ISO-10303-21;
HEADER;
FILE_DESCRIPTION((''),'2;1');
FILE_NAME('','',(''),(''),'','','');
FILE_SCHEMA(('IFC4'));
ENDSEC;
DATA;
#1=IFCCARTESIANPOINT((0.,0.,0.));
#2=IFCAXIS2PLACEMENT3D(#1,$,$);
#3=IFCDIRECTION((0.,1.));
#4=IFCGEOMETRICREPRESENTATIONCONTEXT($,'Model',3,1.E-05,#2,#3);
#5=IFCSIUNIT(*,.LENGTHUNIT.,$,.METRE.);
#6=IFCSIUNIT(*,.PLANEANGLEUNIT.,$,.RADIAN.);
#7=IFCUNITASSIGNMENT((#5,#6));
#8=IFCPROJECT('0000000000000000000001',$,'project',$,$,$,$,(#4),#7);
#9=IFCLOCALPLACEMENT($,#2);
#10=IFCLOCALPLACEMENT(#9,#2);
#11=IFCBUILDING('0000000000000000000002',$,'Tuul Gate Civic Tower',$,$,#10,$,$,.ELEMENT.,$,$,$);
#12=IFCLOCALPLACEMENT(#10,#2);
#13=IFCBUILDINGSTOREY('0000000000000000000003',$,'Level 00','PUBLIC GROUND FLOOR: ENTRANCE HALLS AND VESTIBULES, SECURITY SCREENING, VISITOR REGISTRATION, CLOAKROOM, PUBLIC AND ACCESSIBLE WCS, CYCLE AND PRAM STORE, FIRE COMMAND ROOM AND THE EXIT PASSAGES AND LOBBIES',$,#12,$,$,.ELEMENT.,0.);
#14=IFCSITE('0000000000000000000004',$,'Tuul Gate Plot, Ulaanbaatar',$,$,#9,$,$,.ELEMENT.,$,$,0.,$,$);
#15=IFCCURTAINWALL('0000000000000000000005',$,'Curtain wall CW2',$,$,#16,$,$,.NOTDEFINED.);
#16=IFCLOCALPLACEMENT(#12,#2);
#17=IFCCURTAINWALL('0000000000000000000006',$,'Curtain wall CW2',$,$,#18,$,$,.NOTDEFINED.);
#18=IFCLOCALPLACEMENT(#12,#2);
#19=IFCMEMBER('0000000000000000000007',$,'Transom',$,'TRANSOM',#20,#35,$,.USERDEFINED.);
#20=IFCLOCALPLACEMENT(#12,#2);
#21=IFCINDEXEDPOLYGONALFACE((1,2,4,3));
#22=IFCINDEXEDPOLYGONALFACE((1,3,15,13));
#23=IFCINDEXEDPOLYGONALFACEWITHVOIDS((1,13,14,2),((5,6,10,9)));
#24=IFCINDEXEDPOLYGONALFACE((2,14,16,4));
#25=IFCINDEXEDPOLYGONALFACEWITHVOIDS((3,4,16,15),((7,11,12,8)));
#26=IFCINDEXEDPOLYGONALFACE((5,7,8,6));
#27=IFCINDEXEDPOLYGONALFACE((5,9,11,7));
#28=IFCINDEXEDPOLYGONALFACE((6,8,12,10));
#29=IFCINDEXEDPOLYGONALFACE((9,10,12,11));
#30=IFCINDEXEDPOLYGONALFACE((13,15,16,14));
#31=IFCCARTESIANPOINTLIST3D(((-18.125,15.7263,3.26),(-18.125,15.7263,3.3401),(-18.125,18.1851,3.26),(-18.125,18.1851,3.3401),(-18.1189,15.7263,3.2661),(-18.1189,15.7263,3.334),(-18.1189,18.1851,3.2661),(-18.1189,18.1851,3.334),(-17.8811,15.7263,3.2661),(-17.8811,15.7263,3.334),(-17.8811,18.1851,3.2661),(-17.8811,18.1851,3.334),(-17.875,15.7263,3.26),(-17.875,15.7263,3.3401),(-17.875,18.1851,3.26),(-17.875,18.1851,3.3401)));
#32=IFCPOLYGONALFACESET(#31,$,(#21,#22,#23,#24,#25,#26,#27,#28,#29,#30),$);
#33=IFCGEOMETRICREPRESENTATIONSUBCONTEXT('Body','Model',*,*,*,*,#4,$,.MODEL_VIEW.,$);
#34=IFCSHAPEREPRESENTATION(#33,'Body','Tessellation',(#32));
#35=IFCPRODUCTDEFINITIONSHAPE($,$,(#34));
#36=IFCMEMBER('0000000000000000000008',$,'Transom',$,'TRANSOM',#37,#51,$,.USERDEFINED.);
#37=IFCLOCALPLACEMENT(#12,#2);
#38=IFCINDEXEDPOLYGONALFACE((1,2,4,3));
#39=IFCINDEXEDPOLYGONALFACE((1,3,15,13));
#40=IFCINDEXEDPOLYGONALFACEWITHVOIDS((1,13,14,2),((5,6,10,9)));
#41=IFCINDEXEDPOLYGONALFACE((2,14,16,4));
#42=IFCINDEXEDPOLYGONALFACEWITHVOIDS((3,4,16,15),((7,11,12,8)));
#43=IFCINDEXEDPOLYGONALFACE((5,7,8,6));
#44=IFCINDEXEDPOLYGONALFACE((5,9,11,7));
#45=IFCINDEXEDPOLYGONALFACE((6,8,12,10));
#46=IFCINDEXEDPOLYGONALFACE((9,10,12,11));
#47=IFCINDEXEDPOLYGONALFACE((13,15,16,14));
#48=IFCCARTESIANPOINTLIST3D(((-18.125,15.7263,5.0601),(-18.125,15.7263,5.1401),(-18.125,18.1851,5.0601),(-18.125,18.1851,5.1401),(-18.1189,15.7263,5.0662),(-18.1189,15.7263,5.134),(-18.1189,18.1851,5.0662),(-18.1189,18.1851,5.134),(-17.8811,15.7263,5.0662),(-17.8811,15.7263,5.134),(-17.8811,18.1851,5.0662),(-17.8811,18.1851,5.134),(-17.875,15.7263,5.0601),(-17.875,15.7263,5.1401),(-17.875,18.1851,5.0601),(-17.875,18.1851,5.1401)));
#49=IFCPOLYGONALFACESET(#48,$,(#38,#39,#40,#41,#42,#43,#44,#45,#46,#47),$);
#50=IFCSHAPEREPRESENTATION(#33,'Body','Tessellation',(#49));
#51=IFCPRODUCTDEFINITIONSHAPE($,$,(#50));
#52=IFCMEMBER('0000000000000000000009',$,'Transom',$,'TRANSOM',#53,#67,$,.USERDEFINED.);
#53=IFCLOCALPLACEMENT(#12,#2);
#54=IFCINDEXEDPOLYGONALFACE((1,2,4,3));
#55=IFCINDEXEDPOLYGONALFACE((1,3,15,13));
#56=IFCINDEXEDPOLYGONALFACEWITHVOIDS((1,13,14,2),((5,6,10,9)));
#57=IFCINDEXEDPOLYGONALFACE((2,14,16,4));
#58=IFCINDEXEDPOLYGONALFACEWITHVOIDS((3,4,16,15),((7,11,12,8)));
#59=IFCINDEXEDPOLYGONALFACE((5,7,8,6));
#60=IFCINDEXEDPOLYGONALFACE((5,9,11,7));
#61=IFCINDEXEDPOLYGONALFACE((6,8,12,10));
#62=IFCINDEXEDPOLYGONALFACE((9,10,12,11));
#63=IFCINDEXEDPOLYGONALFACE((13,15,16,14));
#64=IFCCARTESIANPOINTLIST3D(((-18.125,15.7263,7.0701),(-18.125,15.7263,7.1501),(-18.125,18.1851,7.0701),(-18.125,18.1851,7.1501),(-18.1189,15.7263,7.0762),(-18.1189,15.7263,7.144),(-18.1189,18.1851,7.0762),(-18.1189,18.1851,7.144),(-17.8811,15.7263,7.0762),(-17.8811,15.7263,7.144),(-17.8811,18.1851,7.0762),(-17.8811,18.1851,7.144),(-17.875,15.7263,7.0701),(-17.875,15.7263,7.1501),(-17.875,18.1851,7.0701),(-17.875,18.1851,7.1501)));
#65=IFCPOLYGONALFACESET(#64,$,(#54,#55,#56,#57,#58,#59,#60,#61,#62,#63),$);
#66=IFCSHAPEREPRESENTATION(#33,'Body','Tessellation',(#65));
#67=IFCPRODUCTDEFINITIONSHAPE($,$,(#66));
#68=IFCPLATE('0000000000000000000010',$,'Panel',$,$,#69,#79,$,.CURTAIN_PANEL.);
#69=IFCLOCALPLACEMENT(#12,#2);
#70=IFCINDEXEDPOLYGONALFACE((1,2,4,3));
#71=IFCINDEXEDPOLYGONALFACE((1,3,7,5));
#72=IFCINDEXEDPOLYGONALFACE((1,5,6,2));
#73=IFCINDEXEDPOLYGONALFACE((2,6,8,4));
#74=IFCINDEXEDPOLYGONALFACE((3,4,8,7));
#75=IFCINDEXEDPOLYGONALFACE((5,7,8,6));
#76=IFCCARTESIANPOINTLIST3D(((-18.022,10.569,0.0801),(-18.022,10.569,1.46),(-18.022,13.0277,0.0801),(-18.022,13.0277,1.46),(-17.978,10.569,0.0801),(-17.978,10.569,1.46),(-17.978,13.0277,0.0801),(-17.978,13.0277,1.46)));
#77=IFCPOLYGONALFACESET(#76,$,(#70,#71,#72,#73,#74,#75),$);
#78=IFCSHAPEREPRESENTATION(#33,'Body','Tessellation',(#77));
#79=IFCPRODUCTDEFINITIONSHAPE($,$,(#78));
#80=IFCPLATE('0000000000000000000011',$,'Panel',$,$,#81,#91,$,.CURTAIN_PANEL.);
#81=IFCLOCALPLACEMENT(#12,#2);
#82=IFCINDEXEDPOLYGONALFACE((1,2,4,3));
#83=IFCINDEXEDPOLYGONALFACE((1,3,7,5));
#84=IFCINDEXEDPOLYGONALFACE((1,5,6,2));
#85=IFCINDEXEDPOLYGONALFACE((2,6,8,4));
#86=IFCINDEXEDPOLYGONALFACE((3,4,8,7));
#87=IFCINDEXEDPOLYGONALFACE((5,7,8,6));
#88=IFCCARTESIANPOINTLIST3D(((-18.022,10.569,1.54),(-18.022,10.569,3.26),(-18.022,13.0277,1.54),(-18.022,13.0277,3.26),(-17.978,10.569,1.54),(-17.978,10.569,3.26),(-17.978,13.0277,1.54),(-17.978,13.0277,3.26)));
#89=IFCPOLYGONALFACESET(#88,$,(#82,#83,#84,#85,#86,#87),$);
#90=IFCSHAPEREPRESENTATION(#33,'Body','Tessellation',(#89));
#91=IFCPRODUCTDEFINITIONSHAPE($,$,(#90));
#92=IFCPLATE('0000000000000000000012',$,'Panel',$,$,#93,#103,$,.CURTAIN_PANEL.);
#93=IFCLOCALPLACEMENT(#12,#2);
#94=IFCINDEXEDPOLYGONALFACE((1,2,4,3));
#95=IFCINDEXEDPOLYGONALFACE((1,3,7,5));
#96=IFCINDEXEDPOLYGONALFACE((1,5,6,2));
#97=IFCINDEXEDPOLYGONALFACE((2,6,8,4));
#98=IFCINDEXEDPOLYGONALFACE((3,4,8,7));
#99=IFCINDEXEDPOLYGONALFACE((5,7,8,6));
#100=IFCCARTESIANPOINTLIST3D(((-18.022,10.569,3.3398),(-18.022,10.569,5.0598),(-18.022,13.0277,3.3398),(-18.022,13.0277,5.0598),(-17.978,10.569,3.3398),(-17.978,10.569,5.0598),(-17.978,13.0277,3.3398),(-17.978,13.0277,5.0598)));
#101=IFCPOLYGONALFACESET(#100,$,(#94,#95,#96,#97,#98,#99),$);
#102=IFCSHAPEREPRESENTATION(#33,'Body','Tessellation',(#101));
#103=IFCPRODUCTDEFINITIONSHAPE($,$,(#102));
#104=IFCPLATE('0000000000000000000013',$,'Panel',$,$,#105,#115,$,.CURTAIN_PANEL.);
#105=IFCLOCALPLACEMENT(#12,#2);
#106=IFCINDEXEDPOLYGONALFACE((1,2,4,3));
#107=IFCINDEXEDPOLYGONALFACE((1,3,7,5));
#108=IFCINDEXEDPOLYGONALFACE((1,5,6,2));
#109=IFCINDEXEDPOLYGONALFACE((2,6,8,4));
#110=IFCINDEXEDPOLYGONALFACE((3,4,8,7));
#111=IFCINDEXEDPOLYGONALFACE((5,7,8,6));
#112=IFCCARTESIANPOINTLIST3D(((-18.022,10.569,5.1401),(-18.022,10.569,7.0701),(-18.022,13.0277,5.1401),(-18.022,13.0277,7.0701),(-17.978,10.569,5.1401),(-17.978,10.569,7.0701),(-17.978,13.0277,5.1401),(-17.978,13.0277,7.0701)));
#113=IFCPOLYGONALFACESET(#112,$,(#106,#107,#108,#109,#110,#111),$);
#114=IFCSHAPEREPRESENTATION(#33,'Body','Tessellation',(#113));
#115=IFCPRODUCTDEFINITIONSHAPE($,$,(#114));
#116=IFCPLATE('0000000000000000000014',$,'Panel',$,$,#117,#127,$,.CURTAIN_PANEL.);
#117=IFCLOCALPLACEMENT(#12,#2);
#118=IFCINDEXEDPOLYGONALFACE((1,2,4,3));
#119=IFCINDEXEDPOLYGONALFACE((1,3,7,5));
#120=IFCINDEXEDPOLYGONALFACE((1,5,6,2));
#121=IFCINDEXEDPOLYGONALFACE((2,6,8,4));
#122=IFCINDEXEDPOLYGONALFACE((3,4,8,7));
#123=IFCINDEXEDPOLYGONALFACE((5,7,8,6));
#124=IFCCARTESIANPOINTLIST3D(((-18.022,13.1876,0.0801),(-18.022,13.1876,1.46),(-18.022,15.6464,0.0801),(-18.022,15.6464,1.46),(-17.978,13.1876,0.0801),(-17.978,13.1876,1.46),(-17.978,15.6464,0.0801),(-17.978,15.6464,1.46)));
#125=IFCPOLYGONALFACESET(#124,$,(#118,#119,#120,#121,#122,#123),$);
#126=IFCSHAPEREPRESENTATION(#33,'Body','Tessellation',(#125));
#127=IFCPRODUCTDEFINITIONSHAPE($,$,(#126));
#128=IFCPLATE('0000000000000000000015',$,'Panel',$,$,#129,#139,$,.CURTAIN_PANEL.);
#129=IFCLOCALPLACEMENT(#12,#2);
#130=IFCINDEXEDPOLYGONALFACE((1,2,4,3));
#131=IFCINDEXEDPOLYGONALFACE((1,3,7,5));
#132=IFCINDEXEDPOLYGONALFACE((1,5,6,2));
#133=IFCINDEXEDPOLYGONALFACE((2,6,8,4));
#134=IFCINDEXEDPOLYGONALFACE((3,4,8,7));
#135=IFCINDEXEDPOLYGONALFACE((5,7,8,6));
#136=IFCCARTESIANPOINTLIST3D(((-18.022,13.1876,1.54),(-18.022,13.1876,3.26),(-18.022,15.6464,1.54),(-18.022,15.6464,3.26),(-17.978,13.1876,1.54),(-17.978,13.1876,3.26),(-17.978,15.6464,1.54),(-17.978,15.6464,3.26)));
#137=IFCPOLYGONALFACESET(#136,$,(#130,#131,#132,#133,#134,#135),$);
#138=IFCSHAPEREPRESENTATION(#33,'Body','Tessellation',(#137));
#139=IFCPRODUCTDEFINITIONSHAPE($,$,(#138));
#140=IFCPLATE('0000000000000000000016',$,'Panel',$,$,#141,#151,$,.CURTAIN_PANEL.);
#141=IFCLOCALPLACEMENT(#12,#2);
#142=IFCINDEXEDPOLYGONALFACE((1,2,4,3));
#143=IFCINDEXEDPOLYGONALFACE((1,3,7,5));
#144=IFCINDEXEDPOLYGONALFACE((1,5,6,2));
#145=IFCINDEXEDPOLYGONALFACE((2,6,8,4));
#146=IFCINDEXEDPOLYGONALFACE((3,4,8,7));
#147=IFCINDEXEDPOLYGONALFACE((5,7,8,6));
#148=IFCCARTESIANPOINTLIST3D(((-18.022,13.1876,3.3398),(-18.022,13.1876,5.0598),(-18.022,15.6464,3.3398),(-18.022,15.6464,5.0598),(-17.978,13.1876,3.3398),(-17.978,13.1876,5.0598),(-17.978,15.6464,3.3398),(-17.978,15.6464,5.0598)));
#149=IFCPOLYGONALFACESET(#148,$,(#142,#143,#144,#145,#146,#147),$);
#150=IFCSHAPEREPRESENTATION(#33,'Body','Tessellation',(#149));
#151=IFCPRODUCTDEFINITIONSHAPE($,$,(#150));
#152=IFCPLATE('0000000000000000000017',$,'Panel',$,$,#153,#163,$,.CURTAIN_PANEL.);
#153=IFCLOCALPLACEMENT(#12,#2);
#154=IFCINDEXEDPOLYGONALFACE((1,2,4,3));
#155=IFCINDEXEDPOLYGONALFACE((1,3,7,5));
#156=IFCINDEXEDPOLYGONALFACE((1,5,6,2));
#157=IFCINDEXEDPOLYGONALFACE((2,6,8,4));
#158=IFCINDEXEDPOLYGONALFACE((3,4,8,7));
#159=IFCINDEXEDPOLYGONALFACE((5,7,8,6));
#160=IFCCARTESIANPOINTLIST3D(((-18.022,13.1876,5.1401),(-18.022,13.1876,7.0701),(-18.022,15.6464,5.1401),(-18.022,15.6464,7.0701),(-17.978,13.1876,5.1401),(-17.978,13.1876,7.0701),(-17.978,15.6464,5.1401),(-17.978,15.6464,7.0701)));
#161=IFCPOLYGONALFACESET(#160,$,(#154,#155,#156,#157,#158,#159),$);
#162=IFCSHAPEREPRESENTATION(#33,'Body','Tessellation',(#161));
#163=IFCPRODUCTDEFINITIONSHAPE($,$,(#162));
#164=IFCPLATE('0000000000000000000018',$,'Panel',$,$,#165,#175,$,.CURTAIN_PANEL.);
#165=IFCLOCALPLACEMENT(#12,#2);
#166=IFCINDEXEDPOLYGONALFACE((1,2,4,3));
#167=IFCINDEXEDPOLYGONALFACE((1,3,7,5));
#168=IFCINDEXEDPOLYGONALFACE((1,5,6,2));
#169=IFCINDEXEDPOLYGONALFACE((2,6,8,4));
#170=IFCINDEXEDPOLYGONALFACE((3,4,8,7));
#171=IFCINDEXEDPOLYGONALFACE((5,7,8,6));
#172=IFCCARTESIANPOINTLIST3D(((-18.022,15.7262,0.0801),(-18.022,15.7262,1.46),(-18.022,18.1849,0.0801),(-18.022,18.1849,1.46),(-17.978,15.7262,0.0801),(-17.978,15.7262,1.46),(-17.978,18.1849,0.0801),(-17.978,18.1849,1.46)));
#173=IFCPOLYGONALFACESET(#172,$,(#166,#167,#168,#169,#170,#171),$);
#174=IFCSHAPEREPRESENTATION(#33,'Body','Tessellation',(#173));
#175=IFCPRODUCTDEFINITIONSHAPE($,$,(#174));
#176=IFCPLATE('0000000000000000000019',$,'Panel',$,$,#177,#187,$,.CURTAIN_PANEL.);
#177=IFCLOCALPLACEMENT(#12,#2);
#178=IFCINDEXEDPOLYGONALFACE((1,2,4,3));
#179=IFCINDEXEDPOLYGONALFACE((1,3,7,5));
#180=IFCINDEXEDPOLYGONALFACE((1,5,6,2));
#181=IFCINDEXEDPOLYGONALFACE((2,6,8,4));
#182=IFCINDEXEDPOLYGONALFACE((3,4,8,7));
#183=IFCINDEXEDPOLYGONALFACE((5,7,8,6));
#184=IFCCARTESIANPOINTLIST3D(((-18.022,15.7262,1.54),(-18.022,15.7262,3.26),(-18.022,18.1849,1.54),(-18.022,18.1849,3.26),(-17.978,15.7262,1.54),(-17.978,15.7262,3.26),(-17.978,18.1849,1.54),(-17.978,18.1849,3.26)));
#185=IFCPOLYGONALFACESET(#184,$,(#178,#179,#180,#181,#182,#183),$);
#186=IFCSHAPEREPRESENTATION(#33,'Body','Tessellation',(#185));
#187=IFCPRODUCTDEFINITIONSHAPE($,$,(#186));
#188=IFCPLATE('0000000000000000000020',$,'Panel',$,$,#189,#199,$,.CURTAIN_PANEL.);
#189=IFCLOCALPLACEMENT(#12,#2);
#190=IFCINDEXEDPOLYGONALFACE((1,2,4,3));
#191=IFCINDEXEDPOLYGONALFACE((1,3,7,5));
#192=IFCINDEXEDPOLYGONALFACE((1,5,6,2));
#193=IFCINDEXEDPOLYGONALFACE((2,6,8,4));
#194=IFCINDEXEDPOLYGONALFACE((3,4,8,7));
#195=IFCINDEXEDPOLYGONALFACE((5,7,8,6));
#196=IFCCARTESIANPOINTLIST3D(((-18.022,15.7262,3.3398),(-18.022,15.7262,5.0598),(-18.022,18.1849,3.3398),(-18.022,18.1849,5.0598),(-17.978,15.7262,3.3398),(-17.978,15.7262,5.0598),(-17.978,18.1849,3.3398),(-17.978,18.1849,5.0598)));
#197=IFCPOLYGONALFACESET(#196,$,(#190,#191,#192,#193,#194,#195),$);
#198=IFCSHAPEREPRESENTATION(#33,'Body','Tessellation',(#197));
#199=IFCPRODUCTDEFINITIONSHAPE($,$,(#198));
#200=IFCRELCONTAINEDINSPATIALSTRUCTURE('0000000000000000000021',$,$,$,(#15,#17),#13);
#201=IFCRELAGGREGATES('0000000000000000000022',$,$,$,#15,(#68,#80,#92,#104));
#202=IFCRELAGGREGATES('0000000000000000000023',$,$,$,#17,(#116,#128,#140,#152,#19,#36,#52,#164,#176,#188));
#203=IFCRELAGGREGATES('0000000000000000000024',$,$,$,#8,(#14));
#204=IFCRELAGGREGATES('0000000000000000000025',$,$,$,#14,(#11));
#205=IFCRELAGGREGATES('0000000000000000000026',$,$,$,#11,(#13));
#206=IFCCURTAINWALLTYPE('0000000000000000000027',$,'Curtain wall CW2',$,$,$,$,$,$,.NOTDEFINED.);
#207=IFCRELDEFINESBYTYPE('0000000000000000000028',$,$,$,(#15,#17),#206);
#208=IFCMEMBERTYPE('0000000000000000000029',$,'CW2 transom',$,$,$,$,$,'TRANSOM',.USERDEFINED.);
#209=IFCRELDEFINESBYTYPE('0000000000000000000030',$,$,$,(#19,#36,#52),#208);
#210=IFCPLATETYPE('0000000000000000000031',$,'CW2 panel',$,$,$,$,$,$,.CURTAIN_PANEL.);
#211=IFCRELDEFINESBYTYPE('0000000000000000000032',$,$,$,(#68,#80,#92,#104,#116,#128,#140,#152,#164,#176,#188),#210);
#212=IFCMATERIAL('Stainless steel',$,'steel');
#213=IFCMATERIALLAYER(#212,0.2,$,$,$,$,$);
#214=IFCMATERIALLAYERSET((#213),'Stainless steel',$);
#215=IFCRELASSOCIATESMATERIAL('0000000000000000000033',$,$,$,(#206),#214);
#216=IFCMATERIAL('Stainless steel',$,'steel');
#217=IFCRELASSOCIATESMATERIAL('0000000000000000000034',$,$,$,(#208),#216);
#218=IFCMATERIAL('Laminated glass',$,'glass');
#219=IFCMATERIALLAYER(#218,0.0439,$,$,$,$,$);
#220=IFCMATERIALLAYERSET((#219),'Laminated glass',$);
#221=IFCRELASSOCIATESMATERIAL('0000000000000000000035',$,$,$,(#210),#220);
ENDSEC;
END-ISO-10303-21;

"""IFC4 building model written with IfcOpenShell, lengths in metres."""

from ifc_helpers import new_model, si_unit, direction, frame, origin, origin_2d, place, context, subcontext, project, spatial, rectangle, hollow_rectangle, extrude, material, layer, layer_set, material_profile, profile_set, type_object, element, aggregate, save


model = new_model("IFC4")

# Units and contexts
model_context = context("Model", 3, precision=1e-05, world=origin(), true_north=direction((0.0, 1.0)))
body_context = subcontext(model_context, "Body", "Model", "MODEL_VIEW")
ifc_project = project(units=[si_unit("LENGTHUNIT", "METRE"), si_unit("PLANEANGLEUNIT", "RADIAN")], contexts=[model_context])

# Site, building, storey
site_placement = place(None, origin())
site = spatial("IfcSite", under=ifc_project, at=site_placement, Name="Tuul Gate Plot, Ulaanbaatar", CompositionType="ELEMENT", RefElevation=0.0)
building_placement = place(site_placement, origin())
building = spatial("IfcBuilding", under=site, at=building_placement, Name="Tuul Gate Civic Tower", CompositionType="ELEMENT")
storey_placement = place(building_placement, origin())
storey = spatial("IfcBuildingStorey", under=building, at=storey_placement, Name="Level 00", Description="PUBLIC GROUND FLOOR: ENTRANCE HALLS AND VESTIBULES, SECURITY SCREENING, VISITOR REGISTRATION, CLOAKROOM, PUBLIC AND ACCESSIBLE WCS, CYCLE AND PRAM STORE, FIRE COMMAND ROOM AND THE EXIT PASSAGES AND LOBBIES", CompositionType="ELEMENT", Elevation=0.0)

# Curtain wall
ifc_material_1 = material(Name="Stainless steel", Category="steel")
ifc_layer_1 = layer(ifc_material_1, 0.2)
ifc_layer_set_1 = layer_set([ifc_layer_1], Name="Stainless steel")
curtain_wall_type = type_object("IfcCurtainWallType", Name="Curtain wall CW2", PredefinedType="NOTDEFINED", material=ifc_layer_set_1)
curtain_wall_1_placement = place(storey_placement, origin())
curtain_wall_1 = element("IfcCurtainWall", 1, at=curtain_wall_1_placement, inside=storey, type_object=curtain_wall_type, Name="Curtain wall CW2", PredefinedType="NOTDEFINED")

# Curtain wall, members
curtain_wall_2_placement = place(storey_placement, origin())
curtain_wall_2 = element("IfcCurtainWall", 2, at=curtain_wall_2_placement, inside=storey, type_object=curtain_wall_type, Name="Curtain wall CW2", PredefinedType="NOTDEFINED")
ifc_material_2 = material(Name="Stainless steel", Category="steel")
ifc_material_profile_1 = material_profile(ifc_material_2, hollow_rectangle(XDim=0.25, YDim=0.0801, WallThickness=0.0061, at=origin_2d()), Name="CW2 transom")
ifc_profile_set_1 = profile_set([ifc_material_profile_1], Name="Stainless steel")
member_type_1 = type_object("IfcMemberType", Name="CW2 transom", ElementType="TRANSOM", PredefinedType="USERDEFINED", material=ifc_profile_set_1)
member_1_placement = place(storey_placement, frame((-18.0, 15.7263, 3.3), z_axis=(0.0, 1.0, 0.0), x_axis=(-1.0, 0.0, 0.0)))
member_1 = element("IfcMember", 3, at=member_1_placement, type_object=member_type_1, Name="Transom", ObjectType="TRANSOM", PredefinedType="USERDEFINED", context=body_context, shape_type="SweptSolid", body=[
    extrude(hollow_rectangle(XDim=0.25, YDim=0.0801, WallThickness=0.0061, at=origin_2d()), origin(), (0.0, 0.0, 1.0), 2.4587),
])
member_2_placement = place(storey_placement, frame((-18.0, 15.7263, 5.1001), z_axis=(0.0, 1.0, 0.0), x_axis=(-1.0, 0.0, 0.0)))
member_2 = element("IfcMember", 4, at=member_2_placement, type_object=member_type_1, Name="Transom", ObjectType="TRANSOM", PredefinedType="USERDEFINED", context=body_context, shape_type="SweptSolid", body=[
    extrude(hollow_rectangle(XDim=0.25, YDim=0.0801, WallThickness=0.0061, at=origin_2d()), origin(), (0.0, 0.0, 1.0), 2.4587),
])
member_3_placement = place(storey_placement, frame((-18.0, 15.7263, 7.1101), z_axis=(0.0, 1.0, 0.0), x_axis=(-1.0, 0.0, 0.0)))
member_3 = element("IfcMember", 5, at=member_3_placement, type_object=member_type_1, Name="Transom", ObjectType="TRANSOM", PredefinedType="USERDEFINED", context=body_context, shape_type="SweptSolid", body=[
    extrude(hollow_rectangle(XDim=0.25, YDim=0.0801, WallThickness=0.0061, at=origin_2d()), origin(), (0.0, 0.0, 1.0), 2.4587),
])

# Plates
ifc_material_3 = material(Name="Laminated glass", Category="glass")
ifc_layer_2 = layer(ifc_material_3, 0.0439)
ifc_layer_set_2 = layer_set([ifc_layer_2], Name="Laminated glass")
plate_type = type_object("IfcPlateType", Name="CW2 panel", PredefinedType="CURTAIN_PANEL", material=ifc_layer_set_2)
plate_1_placement = place(storey_placement, frame((-18.0, 11.7983, 0.0801), z_axis=(0.0, 0.0, 1.0), x_axis=(0.0, 1.0, 0.0)))
plate_1 = element("IfcPlate", 6, at=plate_1_placement, type_object=plate_type, Name="Panel", PredefinedType="CURTAIN_PANEL", context=body_context, shape_type="SweptSolid", body=[
    extrude(rectangle(XDim=2.4587, YDim=0.0439, at=origin_2d()), origin(), (0.0, 0.0, 1.0), 1.3799),
])
plate_2_placement = place(storey_placement, frame((-18.0, 11.7983, 1.54), z_axis=(0.0, 0.0, 1.0), x_axis=(0.0, 1.0, 0.0)))
plate_2 = element("IfcPlate", 7, at=plate_2_placement, type_object=plate_type, Name="Panel", PredefinedType="CURTAIN_PANEL", context=body_context, shape_type="SweptSolid", body=[
    extrude(rectangle(XDim=2.4587, YDim=0.0439, at=origin_2d()), origin(), (0.0, 0.0, 1.0), 1.72),
])
plate_3_placement = place(storey_placement, frame((-18.0, 11.7983, 3.3398), z_axis=(0.0, 0.0, 1.0), x_axis=(0.0, 1.0, 0.0)))
plate_3 = element("IfcPlate", 8, at=plate_3_placement, type_object=plate_type, Name="Panel", PredefinedType="CURTAIN_PANEL", context=body_context, shape_type="SweptSolid", body=[
    extrude(rectangle(XDim=2.4587, YDim=0.0439, at=origin_2d()), origin(), (0.0, 0.0, 1.0), 1.72),
])
plate_4_placement = place(storey_placement, frame((-18.0, 11.7983, 5.1401), z_axis=(0.0, 0.0, 1.0), x_axis=(0.0, 1.0, 0.0)))
plate_4 = element("IfcPlate", 9, at=plate_4_placement, type_object=plate_type, Name="Panel", PredefinedType="CURTAIN_PANEL", context=body_context, shape_type="SweptSolid", body=[
    extrude(rectangle(XDim=2.4587, YDim=0.0439, at=origin_2d()), origin(), (0.0, 0.0, 1.0), 1.9299),
])
aggregate(curtain_wall_1, [plate_1, plate_2, plate_3, plate_4])
plate_5_placement = place(storey_placement, frame((-18.0, 14.417, 0.0801), z_axis=(0.0, 0.0, 1.0), x_axis=(0.0, 1.0, 0.0)))
plate_5 = element("IfcPlate", 10, at=plate_5_placement, type_object=plate_type, Name="Panel", PredefinedType="CURTAIN_PANEL", context=body_context, shape_type="SweptSolid", body=[
    extrude(rectangle(XDim=2.4587, YDim=0.0439, at=origin_2d()), origin(), (0.0, 0.0, 1.0), 1.3799),
])
plate_6_placement = place(storey_placement, frame((-18.0, 14.417, 1.54), z_axis=(0.0, 0.0, 1.0), x_axis=(0.0, 1.0, 0.0)))
plate_6 = element("IfcPlate", 11, at=plate_6_placement, type_object=plate_type, Name="Panel", PredefinedType="CURTAIN_PANEL", context=body_context, shape_type="SweptSolid", body=[
    extrude(rectangle(XDim=2.4587, YDim=0.0439, at=origin_2d()), origin(), (0.0, 0.0, 1.0), 1.72),
])
plate_7_placement = place(storey_placement, frame((-18.0, 14.417, 3.3398), z_axis=(0.0, 0.0, 1.0), x_axis=(0.0, 1.0, 0.0)))
plate_7 = element("IfcPlate", 12, at=plate_7_placement, type_object=plate_type, Name="Panel", PredefinedType="CURTAIN_PANEL", context=body_context, shape_type="SweptSolid", body=[
    extrude(rectangle(XDim=2.4587, YDim=0.0439, at=origin_2d()), origin(), (0.0, 0.0, 1.0), 1.72),
])
plate_8_placement = place(storey_placement, frame((-18.0, 14.417, 5.1401), z_axis=(0.0, 0.0, 1.0), x_axis=(0.0, 1.0, 0.0)))
plate_8 = element("IfcPlate", 13, at=plate_8_placement, type_object=plate_type, Name="Panel", PredefinedType="CURTAIN_PANEL", context=body_context, shape_type="SweptSolid", body=[
    extrude(rectangle(XDim=2.4587, YDim=0.0439, at=origin_2d()), origin(), (0.0, 0.0, 1.0), 1.9299),
])
plate_9_placement = place(storey_placement, frame((-18.0, 16.9556, 0.0801), z_axis=(0.0, 0.0, 1.0), x_axis=(0.0, 1.0, 0.0)))
plate_9 = element("IfcPlate", 14, at=plate_9_placement, type_object=plate_type, Name="Panel", PredefinedType="CURTAIN_PANEL", context=body_context, shape_type="SweptSolid", body=[
    extrude(rectangle(XDim=2.4587, YDim=0.0439, at=origin_2d()), origin(), (0.0, 0.0, 1.0), 1.3799),
])
plate_10_placement = place(storey_placement, frame((-18.0, 16.9556, 1.54), z_axis=(0.0, 0.0, 1.0), x_axis=(0.0, 1.0, 0.0)))
plate_10 = element("IfcPlate", 15, at=plate_10_placement, type_object=plate_type, Name="Panel", PredefinedType="CURTAIN_PANEL", context=body_context, shape_type="SweptSolid", body=[
    extrude(rectangle(XDim=2.4587, YDim=0.0439, at=origin_2d()), origin(), (0.0, 0.0, 1.0), 1.72),
])
plate_11_placement = place(storey_placement, frame((-18.0, 16.9556, 3.3398), z_axis=(0.0, 0.0, 1.0), x_axis=(0.0, 1.0, 0.0)))
plate_11 = element("IfcPlate", 16, at=plate_11_placement, type_object=plate_type, Name="Panel", PredefinedType="CURTAIN_PANEL", context=body_context, shape_type="SweptSolid", body=[
    extrude(rectangle(XDim=2.4587, YDim=0.0439, at=origin_2d()), origin(), (0.0, 0.0, 1.0), 1.72),
])
aggregate(curtain_wall_2, [plate_5, plate_6, plate_7, plate_8, member_1, member_2, member_3, plate_9, plate_10, plate_11])

save(model, "model.ifc")
